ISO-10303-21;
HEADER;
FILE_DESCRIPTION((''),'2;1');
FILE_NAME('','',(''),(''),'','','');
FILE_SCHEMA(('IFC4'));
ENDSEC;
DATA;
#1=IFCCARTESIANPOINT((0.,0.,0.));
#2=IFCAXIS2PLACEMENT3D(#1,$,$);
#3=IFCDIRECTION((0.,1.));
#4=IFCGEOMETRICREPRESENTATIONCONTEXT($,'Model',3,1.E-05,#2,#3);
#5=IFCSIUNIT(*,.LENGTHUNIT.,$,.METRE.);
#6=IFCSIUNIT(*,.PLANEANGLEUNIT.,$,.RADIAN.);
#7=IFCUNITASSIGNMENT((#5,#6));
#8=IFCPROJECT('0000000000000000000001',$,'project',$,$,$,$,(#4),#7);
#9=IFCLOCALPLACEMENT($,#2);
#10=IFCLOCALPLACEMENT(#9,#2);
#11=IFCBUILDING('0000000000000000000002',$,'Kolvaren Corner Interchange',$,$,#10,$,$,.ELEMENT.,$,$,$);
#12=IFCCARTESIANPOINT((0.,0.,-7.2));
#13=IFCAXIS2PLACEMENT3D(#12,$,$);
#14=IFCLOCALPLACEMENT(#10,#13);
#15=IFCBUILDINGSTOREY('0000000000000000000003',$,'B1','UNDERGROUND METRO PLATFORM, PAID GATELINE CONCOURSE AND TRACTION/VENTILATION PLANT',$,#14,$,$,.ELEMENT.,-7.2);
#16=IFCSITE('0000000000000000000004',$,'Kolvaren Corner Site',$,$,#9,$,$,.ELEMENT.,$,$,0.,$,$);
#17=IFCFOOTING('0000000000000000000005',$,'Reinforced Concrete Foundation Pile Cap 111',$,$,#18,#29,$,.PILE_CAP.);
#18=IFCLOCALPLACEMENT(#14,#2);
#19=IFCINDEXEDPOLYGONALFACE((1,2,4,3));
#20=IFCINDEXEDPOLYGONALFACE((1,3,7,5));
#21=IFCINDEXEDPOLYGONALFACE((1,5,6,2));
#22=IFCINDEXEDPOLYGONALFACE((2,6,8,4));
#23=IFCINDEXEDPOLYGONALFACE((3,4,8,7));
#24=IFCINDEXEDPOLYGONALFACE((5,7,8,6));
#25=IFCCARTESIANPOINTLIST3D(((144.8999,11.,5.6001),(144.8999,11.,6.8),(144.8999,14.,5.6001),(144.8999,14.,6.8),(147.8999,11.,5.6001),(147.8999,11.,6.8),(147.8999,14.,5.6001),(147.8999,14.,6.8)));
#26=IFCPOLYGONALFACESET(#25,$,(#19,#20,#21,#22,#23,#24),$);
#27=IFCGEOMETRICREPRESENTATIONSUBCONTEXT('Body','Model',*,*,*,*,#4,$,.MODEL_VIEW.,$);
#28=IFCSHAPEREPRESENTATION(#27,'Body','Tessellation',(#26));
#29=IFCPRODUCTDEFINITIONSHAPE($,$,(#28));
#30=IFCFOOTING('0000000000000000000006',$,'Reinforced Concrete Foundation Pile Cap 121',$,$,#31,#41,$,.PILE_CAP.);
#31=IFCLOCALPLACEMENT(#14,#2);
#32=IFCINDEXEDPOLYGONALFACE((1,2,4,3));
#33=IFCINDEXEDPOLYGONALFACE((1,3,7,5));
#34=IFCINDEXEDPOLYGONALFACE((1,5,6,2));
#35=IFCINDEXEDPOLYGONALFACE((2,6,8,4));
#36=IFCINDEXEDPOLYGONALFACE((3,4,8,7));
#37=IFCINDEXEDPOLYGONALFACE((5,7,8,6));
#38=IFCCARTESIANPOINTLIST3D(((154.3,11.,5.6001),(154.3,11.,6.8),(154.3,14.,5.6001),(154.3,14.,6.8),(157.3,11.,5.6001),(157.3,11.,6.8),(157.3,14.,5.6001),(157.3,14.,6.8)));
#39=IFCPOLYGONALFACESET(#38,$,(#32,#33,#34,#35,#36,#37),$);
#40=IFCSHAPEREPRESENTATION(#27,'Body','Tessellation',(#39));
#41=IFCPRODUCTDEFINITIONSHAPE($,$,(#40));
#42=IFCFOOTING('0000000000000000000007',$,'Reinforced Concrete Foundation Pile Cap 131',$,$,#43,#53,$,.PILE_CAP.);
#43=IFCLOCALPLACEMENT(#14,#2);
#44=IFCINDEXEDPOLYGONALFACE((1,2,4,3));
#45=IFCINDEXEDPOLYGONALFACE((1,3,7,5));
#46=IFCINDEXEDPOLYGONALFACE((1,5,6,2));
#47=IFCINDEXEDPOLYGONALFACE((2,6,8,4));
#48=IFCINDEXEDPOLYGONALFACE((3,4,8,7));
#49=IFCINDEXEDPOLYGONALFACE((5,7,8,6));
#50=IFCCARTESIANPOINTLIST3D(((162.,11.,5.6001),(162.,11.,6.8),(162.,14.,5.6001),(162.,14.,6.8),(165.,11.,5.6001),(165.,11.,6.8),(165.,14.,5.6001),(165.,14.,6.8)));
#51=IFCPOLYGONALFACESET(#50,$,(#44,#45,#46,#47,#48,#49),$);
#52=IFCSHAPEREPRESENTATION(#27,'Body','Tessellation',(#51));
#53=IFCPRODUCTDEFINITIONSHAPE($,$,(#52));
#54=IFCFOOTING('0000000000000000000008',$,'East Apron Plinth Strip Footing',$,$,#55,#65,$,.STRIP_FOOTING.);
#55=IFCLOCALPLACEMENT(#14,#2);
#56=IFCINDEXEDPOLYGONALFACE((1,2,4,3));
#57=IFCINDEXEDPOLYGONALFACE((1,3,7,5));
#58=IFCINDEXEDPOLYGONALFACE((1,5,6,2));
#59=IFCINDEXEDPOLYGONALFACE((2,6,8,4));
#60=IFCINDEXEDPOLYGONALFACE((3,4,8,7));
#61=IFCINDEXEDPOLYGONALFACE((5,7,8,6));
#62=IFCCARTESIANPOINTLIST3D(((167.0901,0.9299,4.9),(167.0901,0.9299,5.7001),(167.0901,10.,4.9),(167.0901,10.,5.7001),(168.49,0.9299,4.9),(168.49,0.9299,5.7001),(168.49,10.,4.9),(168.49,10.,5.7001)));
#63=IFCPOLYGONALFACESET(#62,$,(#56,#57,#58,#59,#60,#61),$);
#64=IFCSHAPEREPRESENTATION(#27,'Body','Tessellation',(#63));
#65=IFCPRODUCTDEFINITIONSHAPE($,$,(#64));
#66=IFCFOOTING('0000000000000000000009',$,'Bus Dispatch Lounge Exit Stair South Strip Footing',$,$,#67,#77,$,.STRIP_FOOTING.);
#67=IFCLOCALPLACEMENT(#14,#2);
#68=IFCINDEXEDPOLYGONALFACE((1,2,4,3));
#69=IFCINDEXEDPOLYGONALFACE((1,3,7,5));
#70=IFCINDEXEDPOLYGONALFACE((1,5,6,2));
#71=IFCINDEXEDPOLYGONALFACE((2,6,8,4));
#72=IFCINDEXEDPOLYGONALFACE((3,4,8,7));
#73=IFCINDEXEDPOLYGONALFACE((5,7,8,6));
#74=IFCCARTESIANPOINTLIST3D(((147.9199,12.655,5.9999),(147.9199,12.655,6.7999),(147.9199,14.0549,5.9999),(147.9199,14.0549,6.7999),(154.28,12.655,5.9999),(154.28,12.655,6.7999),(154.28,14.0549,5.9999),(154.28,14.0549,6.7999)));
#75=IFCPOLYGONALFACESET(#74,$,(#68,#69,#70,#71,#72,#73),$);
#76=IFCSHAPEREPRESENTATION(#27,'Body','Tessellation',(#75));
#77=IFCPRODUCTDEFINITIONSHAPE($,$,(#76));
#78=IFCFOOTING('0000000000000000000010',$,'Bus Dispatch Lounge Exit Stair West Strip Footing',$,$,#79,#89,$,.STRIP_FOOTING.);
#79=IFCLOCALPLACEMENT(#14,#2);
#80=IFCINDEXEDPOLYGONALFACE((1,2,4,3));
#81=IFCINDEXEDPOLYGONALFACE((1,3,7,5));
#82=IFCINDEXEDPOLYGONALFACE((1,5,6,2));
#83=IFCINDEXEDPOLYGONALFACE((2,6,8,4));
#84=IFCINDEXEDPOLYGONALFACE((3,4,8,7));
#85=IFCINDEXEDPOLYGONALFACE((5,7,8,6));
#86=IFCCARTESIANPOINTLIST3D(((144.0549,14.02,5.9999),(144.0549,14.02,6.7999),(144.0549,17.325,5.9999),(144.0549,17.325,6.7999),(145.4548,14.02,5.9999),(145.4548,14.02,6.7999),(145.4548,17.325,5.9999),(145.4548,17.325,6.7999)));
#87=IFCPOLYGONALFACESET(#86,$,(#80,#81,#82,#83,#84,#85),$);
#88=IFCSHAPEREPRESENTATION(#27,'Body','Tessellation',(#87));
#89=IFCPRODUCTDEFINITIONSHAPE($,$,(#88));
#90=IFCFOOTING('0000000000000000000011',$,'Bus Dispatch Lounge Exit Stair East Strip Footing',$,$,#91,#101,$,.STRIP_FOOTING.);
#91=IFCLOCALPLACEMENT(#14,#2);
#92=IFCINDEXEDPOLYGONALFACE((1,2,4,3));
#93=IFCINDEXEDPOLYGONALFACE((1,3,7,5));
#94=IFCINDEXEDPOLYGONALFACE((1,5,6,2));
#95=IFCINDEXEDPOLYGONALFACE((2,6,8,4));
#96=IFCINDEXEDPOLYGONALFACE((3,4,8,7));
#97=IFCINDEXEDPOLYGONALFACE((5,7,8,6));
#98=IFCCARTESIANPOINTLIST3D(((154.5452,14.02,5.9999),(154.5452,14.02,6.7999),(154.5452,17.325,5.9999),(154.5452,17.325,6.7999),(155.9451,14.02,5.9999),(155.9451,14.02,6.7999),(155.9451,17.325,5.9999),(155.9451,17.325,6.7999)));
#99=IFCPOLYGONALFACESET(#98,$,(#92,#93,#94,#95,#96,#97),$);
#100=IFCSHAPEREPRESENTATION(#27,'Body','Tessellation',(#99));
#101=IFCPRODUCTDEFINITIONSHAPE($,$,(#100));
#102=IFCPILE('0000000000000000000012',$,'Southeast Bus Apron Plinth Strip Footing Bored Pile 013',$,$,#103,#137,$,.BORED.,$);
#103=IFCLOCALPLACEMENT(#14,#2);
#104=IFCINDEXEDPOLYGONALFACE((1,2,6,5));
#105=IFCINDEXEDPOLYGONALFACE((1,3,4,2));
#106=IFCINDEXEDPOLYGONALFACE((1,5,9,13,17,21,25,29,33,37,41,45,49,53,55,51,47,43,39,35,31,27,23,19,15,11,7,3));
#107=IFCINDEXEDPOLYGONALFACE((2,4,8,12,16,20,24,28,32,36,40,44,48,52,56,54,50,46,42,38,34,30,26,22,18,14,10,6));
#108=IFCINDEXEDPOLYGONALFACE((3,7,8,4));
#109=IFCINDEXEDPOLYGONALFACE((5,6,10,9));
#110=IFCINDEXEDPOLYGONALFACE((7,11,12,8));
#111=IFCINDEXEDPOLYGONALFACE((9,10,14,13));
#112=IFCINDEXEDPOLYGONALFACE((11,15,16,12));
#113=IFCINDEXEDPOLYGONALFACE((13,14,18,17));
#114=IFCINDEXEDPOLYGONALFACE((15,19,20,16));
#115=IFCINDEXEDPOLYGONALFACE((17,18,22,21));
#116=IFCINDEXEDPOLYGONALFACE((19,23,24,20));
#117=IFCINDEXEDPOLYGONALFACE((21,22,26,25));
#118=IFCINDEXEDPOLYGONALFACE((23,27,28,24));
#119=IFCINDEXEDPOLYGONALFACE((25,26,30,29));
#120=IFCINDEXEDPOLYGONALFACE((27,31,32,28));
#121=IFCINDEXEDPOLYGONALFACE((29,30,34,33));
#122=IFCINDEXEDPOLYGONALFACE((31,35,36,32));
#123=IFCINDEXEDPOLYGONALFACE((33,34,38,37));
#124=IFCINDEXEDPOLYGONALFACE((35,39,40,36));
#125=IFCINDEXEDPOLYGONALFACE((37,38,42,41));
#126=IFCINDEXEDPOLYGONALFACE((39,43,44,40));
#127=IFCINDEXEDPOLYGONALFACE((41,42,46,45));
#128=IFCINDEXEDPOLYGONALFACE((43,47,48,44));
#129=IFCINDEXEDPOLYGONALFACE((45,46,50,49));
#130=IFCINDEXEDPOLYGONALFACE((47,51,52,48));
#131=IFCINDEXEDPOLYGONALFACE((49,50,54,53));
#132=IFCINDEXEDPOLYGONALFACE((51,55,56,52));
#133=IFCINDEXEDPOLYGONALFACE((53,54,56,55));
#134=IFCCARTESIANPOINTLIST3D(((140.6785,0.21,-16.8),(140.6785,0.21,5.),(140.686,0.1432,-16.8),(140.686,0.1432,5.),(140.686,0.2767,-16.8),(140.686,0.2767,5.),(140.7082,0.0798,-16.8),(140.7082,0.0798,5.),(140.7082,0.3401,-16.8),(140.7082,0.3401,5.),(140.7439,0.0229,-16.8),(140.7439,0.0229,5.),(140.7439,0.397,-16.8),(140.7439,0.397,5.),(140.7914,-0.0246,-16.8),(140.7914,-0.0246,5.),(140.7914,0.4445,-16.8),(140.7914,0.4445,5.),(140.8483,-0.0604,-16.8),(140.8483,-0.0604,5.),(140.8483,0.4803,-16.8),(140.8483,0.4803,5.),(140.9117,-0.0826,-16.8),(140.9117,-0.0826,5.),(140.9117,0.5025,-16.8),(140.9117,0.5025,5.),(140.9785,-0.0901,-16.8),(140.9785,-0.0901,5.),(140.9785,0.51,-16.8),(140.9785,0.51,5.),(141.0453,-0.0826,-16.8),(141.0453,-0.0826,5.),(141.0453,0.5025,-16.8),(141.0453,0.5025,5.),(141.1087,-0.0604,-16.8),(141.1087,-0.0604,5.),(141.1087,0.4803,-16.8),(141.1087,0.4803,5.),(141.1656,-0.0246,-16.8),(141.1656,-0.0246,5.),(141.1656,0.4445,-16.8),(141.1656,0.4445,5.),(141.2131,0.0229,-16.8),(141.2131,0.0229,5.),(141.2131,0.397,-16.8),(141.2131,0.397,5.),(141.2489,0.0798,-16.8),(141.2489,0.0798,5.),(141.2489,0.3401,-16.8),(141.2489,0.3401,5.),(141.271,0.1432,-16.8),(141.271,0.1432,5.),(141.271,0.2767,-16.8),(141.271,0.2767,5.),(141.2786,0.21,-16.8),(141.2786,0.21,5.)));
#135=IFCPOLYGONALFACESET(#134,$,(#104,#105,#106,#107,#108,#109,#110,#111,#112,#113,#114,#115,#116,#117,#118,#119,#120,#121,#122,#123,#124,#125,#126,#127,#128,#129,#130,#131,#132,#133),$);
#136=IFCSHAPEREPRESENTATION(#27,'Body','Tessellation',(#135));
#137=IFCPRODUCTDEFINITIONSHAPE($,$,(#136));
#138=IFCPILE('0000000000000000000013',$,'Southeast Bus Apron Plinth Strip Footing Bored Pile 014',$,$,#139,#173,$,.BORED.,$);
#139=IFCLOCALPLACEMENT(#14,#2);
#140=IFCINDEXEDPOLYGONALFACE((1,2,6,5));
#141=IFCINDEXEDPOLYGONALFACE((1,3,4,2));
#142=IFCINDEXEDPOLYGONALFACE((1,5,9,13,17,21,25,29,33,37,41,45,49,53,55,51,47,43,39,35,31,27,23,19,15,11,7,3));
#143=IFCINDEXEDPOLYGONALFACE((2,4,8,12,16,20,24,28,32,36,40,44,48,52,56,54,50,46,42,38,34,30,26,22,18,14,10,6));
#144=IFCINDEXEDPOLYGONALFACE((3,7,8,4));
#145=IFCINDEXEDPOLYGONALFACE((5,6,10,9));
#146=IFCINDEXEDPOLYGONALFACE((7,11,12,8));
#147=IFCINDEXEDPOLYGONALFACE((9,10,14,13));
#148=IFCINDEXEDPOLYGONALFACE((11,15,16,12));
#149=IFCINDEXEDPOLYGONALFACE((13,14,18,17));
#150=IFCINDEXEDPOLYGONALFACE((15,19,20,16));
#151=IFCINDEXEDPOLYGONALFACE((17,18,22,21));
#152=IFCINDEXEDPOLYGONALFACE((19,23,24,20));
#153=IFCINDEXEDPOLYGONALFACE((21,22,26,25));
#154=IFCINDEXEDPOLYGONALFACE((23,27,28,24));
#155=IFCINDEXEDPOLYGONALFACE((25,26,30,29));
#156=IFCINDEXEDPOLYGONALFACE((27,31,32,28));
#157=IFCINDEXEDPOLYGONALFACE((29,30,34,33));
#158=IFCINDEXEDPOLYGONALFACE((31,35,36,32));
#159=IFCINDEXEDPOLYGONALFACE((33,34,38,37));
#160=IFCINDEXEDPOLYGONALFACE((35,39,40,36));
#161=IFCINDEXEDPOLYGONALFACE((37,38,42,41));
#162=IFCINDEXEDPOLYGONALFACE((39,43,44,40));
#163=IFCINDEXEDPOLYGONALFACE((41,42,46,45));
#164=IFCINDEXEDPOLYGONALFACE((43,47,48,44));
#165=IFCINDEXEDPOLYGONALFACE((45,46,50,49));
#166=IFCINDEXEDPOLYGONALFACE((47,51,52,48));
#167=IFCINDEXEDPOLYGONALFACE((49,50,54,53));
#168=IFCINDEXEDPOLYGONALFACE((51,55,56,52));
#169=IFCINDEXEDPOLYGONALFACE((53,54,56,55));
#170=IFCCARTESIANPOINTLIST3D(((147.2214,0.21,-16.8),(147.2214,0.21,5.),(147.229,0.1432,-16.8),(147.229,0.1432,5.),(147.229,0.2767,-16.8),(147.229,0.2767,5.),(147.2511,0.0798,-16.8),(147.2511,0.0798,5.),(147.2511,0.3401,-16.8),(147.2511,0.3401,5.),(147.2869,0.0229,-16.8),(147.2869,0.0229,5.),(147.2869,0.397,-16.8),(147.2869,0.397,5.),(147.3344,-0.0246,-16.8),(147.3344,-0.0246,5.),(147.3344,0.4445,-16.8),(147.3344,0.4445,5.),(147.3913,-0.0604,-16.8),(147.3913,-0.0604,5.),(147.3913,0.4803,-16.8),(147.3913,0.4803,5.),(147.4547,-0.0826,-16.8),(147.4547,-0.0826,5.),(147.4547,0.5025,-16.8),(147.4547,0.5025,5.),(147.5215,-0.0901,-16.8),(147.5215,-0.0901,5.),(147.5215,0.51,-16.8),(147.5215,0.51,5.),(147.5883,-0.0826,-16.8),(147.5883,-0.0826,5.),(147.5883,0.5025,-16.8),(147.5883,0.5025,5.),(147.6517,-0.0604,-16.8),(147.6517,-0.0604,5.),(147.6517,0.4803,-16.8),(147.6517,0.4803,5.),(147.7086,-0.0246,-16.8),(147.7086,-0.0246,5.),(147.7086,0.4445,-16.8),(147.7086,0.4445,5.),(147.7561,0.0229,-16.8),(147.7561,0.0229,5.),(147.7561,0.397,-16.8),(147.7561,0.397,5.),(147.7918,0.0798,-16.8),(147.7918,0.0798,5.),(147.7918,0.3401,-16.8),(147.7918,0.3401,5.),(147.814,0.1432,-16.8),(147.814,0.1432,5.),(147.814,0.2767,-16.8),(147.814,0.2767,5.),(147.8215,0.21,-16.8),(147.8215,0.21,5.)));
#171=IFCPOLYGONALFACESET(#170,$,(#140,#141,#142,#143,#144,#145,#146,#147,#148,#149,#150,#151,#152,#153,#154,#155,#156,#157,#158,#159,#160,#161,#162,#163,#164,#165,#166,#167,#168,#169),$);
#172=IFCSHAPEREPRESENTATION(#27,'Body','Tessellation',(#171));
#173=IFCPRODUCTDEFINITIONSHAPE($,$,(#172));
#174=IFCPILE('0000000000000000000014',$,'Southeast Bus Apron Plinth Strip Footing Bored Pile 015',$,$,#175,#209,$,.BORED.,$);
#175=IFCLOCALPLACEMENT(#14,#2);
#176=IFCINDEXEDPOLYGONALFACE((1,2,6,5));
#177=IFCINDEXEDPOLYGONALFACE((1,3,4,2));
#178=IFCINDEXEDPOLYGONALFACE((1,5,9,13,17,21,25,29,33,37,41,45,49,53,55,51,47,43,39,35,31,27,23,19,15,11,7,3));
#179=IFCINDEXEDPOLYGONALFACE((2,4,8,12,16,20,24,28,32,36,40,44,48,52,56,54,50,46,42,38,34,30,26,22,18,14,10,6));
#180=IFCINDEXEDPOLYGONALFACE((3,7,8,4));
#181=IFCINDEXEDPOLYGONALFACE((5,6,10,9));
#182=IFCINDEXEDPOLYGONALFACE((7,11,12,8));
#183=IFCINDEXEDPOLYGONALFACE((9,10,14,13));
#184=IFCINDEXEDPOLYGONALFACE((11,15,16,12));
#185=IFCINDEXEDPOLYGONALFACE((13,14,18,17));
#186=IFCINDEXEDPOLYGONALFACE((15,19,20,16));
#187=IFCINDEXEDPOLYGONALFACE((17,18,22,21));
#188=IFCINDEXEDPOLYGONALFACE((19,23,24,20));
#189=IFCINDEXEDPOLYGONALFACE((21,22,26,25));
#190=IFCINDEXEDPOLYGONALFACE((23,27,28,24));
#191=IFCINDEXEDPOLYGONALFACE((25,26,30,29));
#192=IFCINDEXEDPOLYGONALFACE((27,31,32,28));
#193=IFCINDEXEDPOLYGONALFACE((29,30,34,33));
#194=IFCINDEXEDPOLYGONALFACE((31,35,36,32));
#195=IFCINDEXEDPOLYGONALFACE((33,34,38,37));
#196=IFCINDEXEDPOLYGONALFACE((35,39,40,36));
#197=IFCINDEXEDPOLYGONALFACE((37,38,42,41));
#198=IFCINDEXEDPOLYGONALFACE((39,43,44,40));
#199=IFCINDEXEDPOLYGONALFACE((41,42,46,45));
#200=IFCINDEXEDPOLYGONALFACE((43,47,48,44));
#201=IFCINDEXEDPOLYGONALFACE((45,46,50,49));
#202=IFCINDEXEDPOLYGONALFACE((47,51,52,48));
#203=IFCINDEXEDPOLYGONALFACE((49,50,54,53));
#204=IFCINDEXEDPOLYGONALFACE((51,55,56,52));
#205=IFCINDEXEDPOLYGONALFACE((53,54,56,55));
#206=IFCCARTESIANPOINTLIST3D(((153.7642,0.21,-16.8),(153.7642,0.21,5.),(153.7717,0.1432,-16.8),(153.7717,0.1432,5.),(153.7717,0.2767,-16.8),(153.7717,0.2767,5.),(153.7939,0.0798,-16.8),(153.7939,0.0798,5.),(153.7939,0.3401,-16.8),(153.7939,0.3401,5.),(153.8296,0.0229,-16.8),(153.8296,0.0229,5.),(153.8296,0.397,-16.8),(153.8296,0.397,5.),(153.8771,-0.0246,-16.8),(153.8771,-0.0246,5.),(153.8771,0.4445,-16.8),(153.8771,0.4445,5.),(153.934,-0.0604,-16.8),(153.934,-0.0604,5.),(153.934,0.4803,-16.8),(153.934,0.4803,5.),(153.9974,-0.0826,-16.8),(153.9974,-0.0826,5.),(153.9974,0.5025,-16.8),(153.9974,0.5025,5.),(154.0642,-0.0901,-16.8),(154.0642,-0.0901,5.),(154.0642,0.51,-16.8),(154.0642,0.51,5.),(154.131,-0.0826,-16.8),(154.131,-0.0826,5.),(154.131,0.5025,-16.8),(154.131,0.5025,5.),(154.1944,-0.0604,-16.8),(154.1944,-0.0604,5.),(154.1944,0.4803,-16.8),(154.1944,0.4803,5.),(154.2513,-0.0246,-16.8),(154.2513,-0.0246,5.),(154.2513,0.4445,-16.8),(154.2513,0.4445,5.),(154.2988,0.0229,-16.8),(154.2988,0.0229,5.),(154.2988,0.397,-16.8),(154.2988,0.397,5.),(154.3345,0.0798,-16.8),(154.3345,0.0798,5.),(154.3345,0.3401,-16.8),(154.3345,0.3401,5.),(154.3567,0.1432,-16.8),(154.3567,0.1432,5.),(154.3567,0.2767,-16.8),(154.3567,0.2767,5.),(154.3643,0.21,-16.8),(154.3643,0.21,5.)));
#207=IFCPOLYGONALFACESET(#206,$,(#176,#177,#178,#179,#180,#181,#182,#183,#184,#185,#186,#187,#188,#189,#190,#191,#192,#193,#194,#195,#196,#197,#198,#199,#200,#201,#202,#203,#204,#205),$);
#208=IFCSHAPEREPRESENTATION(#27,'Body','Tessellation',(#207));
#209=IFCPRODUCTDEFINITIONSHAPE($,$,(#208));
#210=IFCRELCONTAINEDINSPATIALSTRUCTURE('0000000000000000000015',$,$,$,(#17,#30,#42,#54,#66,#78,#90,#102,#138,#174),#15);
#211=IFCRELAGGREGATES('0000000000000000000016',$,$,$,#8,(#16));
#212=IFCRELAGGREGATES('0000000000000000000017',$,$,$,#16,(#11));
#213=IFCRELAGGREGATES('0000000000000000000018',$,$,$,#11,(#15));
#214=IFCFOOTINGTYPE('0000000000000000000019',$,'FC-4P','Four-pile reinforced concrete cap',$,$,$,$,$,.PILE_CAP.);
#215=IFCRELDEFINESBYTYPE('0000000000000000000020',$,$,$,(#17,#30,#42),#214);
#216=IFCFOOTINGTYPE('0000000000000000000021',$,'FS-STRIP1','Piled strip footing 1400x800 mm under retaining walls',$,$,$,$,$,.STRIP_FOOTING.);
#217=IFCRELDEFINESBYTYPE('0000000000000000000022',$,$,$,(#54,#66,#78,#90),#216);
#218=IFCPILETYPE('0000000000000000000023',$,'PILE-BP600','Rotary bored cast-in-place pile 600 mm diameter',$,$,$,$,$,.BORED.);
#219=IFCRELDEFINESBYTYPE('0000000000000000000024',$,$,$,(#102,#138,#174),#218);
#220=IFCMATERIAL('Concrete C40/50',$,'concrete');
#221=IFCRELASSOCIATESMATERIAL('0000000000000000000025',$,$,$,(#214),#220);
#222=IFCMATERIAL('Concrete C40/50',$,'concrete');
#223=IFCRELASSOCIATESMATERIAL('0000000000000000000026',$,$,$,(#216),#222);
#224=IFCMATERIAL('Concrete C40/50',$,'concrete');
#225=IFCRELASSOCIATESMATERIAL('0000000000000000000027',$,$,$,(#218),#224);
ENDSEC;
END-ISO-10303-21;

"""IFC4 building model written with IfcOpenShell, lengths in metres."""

from ifc_helpers import new_model, si_unit, direction, frame, origin, origin_2d, place, context, subcontext, project, spatial, rectangle, circle, extrude, material, material_profile, profile_set, type_object, element, save


model = new_model("IFC4")

# Units and contexts
model_context = context("Model", 3, precision=1e-05, world=origin(), true_north=direction((0.0, 1.0)))
body_context = subcontext(model_context, "Body", "Model", "MODEL_VIEW")
ifc_project = project(units=[si_unit("LENGTHUNIT", "METRE"), si_unit("PLANEANGLEUNIT", "RADIAN")], contexts=[model_context])

# Site, building, storey
site_placement = place(None, origin())
site = spatial("IfcSite", under=ifc_project, at=site_placement, Name="Kolvaren Corner Site", CompositionType="ELEMENT", RefElevation=0.0)
building_placement = place(site_placement, origin())
building = spatial("IfcBuilding", under=site, at=building_placement, Name="Kolvaren Corner Interchange", CompositionType="ELEMENT")
storey_placement = place(building_placement, frame((0.0, 0.0, -7.2)))
storey = spatial("IfcBuildingStorey", under=building, at=storey_placement, Name="B1", Description="UNDERGROUND METRO PLATFORM, PAID GATELINE CONCOURSE AND TRACTION/VENTILATION PLANT", CompositionType="ELEMENT", Elevation=-7.2)

# Footings
ifc_material_1 = material(Name="Concrete C40/50", Category="concrete")
footing_type_1 = type_object("IfcFootingType", Name="FC-4P", Description="Four-pile reinforced concrete cap", PredefinedType="PILE_CAP", material=ifc_material_1)
for number, where, z_axis, x_axis, name in (
    (1, (146.3999, 12.5, 5.6001), (0.0, 0.0, 1.0), (1.0, 0.0, 0.0), "Reinforced Concrete Foundation Pile Cap 111"),
    (2, (155.8, 12.5, 5.6001), (0.0, 0.0, 1.0), (1.0, 0.0, 0.0), "Reinforced Concrete Foundation Pile Cap 121"),
    (3, (163.5, 12.5, 5.6001), (0.0, 0.0, 1.0), (1.0, 0.0, 0.0), "Reinforced Concrete Foundation Pile Cap 131"),
):
    element("IfcFooting", number, at=place(storey_placement, frame(where, z_axis=z_axis, x_axis=x_axis)), inside=storey, type_object=footing_type_1, Name=name, PredefinedType="PILE_CAP", context=body_context, shape_type="SweptSolid", body=[
        extrude(rectangle(XDim=3.0, YDim=3.0, at=origin_2d()), origin(), (0.0, 0.0, 1.0), 1.2),
    ])
ifc_material_2 = material(Name="Concrete C40/50", Category="concrete")
ifc_material_profile_1 = material_profile(ifc_material_2, rectangle(XDim=1.3999, YDim=0.8, at=origin_2d()), Name="STRIP 1400x800")
ifc_profile_set_1 = profile_set([ifc_material_profile_1], Name="Concrete C40/50")
footing_type_2 = type_object("IfcFootingType", Name="FS-STRIP1", Description="Piled strip footing 1400x800 mm under retaining walls", PredefinedType="STRIP_FOOTING", material=ifc_profile_set_1)
footing_1_placement = place(storey_placement, frame((167.79, 0.9299, 5.3), z_axis=(0.0, 1.0, 0.0), x_axis=(-1.0, 0.0, 0.0)))
element("IfcFooting", 4, at=footing_1_placement, inside=storey, type_object=footing_type_2, Name="East Apron Plinth Strip Footing", PredefinedType="STRIP_FOOTING", context=body_context, shape_type="SweptSolid", body=[
    extrude(rectangle(XDim=1.3999, YDim=0.8, at=origin_2d()), origin(), (0.0, 0.0, 1.0), 9.0701),
])
footing_2_placement = place(storey_placement, frame((147.9199, 13.355, 6.3999), z_axis=(1.0, 0.0, 0.0), x_axis=(0.0, 1.0, 0.0)))
element("IfcFooting", 5, at=footing_2_placement, inside=storey, type_object=footing_type_2, Name="Bus Dispatch Lounge Exit Stair South Strip Footing", PredefinedType="STRIP_FOOTING", context=body_context, shape_type="SweptSolid", body=[
    extrude(rectangle(XDim=1.3999, YDim=0.8, at=origin_2d()), origin(), (0.0, 0.0, 1.0), 6.3601),
])
for number, where, z_axis, x_axis, name in (
    (6, (144.7549, 14.02, 6.3999), (0.0, 1.0, 0.0), (-1.0, 0.0, 0.0), "Bus Dispatch Lounge Exit Stair West Strip Footing"),
    (7, (155.2451, 14.02, 6.3999), (0.0, 1.0, 0.0), (-1.0, 0.0, 0.0), "Bus Dispatch Lounge Exit Stair East Strip Footing"),
):
    element("IfcFooting", number, at=place(storey_placement, frame(where, z_axis=z_axis, x_axis=x_axis)), inside=storey, type_object=footing_type_2, Name=name, PredefinedType="STRIP_FOOTING", context=body_context, shape_type="SweptSolid", body=[
        extrude(rectangle(XDim=1.3999, YDim=0.8, at=origin_2d()), origin(), (0.0, 0.0, 1.0), 3.3049),
    ])

# Piles
ifc_material_3 = material(Name="Concrete C40/50", Category="concrete")
ifc_material_profile_2 = material_profile(ifc_material_3, circle(Radius=0.3, at=origin_2d()), Name="BORED PILE 600")
ifc_profile_set_2 = profile_set([ifc_material_profile_2], Name="Concrete C40/50")
pile_type_1 = type_object("IfcPileType", Name="PILE-BP600", Description="Rotary bored cast-in-place pile 600 mm diameter", PredefinedType="BORED", material=ifc_profile_set_2)
for number, where, z_axis, x_axis, name in (
    (8, (140.9785, 0.21, 5.0), (0.0, 0.0, -1.0), (1.0, 0.0, 0.0), "Southeast Bus Apron Plinth Strip Footing Bored Pile 013"),
    (9, (147.5215, 0.21, 5.0), (0.0, 0.0, -1.0), (1.0, 0.0, 0.0), "Southeast Bus Apron Plinth Strip Footing Bored Pile 014"),
    (10, (154.0642, 0.21, 5.0), (0.0, 0.0, -1.0), (1.0, 0.0, 0.0), "Southeast Bus Apron Plinth Strip Footing Bored Pile 015"),
):
    element("IfcPile", number, at=place(storey_placement, frame(where, z_axis=z_axis, x_axis=x_axis)), inside=storey, type_object=pile_type_1, Name=name, PredefinedType="BORED", context=body_context, shape_type="SweptSolid", body=[
        extrude(circle(Radius=0.3, at=origin_2d()), origin(), (0.0, 0.0, 1.0), 21.8),
    ])

save(model, "model.ifc")
